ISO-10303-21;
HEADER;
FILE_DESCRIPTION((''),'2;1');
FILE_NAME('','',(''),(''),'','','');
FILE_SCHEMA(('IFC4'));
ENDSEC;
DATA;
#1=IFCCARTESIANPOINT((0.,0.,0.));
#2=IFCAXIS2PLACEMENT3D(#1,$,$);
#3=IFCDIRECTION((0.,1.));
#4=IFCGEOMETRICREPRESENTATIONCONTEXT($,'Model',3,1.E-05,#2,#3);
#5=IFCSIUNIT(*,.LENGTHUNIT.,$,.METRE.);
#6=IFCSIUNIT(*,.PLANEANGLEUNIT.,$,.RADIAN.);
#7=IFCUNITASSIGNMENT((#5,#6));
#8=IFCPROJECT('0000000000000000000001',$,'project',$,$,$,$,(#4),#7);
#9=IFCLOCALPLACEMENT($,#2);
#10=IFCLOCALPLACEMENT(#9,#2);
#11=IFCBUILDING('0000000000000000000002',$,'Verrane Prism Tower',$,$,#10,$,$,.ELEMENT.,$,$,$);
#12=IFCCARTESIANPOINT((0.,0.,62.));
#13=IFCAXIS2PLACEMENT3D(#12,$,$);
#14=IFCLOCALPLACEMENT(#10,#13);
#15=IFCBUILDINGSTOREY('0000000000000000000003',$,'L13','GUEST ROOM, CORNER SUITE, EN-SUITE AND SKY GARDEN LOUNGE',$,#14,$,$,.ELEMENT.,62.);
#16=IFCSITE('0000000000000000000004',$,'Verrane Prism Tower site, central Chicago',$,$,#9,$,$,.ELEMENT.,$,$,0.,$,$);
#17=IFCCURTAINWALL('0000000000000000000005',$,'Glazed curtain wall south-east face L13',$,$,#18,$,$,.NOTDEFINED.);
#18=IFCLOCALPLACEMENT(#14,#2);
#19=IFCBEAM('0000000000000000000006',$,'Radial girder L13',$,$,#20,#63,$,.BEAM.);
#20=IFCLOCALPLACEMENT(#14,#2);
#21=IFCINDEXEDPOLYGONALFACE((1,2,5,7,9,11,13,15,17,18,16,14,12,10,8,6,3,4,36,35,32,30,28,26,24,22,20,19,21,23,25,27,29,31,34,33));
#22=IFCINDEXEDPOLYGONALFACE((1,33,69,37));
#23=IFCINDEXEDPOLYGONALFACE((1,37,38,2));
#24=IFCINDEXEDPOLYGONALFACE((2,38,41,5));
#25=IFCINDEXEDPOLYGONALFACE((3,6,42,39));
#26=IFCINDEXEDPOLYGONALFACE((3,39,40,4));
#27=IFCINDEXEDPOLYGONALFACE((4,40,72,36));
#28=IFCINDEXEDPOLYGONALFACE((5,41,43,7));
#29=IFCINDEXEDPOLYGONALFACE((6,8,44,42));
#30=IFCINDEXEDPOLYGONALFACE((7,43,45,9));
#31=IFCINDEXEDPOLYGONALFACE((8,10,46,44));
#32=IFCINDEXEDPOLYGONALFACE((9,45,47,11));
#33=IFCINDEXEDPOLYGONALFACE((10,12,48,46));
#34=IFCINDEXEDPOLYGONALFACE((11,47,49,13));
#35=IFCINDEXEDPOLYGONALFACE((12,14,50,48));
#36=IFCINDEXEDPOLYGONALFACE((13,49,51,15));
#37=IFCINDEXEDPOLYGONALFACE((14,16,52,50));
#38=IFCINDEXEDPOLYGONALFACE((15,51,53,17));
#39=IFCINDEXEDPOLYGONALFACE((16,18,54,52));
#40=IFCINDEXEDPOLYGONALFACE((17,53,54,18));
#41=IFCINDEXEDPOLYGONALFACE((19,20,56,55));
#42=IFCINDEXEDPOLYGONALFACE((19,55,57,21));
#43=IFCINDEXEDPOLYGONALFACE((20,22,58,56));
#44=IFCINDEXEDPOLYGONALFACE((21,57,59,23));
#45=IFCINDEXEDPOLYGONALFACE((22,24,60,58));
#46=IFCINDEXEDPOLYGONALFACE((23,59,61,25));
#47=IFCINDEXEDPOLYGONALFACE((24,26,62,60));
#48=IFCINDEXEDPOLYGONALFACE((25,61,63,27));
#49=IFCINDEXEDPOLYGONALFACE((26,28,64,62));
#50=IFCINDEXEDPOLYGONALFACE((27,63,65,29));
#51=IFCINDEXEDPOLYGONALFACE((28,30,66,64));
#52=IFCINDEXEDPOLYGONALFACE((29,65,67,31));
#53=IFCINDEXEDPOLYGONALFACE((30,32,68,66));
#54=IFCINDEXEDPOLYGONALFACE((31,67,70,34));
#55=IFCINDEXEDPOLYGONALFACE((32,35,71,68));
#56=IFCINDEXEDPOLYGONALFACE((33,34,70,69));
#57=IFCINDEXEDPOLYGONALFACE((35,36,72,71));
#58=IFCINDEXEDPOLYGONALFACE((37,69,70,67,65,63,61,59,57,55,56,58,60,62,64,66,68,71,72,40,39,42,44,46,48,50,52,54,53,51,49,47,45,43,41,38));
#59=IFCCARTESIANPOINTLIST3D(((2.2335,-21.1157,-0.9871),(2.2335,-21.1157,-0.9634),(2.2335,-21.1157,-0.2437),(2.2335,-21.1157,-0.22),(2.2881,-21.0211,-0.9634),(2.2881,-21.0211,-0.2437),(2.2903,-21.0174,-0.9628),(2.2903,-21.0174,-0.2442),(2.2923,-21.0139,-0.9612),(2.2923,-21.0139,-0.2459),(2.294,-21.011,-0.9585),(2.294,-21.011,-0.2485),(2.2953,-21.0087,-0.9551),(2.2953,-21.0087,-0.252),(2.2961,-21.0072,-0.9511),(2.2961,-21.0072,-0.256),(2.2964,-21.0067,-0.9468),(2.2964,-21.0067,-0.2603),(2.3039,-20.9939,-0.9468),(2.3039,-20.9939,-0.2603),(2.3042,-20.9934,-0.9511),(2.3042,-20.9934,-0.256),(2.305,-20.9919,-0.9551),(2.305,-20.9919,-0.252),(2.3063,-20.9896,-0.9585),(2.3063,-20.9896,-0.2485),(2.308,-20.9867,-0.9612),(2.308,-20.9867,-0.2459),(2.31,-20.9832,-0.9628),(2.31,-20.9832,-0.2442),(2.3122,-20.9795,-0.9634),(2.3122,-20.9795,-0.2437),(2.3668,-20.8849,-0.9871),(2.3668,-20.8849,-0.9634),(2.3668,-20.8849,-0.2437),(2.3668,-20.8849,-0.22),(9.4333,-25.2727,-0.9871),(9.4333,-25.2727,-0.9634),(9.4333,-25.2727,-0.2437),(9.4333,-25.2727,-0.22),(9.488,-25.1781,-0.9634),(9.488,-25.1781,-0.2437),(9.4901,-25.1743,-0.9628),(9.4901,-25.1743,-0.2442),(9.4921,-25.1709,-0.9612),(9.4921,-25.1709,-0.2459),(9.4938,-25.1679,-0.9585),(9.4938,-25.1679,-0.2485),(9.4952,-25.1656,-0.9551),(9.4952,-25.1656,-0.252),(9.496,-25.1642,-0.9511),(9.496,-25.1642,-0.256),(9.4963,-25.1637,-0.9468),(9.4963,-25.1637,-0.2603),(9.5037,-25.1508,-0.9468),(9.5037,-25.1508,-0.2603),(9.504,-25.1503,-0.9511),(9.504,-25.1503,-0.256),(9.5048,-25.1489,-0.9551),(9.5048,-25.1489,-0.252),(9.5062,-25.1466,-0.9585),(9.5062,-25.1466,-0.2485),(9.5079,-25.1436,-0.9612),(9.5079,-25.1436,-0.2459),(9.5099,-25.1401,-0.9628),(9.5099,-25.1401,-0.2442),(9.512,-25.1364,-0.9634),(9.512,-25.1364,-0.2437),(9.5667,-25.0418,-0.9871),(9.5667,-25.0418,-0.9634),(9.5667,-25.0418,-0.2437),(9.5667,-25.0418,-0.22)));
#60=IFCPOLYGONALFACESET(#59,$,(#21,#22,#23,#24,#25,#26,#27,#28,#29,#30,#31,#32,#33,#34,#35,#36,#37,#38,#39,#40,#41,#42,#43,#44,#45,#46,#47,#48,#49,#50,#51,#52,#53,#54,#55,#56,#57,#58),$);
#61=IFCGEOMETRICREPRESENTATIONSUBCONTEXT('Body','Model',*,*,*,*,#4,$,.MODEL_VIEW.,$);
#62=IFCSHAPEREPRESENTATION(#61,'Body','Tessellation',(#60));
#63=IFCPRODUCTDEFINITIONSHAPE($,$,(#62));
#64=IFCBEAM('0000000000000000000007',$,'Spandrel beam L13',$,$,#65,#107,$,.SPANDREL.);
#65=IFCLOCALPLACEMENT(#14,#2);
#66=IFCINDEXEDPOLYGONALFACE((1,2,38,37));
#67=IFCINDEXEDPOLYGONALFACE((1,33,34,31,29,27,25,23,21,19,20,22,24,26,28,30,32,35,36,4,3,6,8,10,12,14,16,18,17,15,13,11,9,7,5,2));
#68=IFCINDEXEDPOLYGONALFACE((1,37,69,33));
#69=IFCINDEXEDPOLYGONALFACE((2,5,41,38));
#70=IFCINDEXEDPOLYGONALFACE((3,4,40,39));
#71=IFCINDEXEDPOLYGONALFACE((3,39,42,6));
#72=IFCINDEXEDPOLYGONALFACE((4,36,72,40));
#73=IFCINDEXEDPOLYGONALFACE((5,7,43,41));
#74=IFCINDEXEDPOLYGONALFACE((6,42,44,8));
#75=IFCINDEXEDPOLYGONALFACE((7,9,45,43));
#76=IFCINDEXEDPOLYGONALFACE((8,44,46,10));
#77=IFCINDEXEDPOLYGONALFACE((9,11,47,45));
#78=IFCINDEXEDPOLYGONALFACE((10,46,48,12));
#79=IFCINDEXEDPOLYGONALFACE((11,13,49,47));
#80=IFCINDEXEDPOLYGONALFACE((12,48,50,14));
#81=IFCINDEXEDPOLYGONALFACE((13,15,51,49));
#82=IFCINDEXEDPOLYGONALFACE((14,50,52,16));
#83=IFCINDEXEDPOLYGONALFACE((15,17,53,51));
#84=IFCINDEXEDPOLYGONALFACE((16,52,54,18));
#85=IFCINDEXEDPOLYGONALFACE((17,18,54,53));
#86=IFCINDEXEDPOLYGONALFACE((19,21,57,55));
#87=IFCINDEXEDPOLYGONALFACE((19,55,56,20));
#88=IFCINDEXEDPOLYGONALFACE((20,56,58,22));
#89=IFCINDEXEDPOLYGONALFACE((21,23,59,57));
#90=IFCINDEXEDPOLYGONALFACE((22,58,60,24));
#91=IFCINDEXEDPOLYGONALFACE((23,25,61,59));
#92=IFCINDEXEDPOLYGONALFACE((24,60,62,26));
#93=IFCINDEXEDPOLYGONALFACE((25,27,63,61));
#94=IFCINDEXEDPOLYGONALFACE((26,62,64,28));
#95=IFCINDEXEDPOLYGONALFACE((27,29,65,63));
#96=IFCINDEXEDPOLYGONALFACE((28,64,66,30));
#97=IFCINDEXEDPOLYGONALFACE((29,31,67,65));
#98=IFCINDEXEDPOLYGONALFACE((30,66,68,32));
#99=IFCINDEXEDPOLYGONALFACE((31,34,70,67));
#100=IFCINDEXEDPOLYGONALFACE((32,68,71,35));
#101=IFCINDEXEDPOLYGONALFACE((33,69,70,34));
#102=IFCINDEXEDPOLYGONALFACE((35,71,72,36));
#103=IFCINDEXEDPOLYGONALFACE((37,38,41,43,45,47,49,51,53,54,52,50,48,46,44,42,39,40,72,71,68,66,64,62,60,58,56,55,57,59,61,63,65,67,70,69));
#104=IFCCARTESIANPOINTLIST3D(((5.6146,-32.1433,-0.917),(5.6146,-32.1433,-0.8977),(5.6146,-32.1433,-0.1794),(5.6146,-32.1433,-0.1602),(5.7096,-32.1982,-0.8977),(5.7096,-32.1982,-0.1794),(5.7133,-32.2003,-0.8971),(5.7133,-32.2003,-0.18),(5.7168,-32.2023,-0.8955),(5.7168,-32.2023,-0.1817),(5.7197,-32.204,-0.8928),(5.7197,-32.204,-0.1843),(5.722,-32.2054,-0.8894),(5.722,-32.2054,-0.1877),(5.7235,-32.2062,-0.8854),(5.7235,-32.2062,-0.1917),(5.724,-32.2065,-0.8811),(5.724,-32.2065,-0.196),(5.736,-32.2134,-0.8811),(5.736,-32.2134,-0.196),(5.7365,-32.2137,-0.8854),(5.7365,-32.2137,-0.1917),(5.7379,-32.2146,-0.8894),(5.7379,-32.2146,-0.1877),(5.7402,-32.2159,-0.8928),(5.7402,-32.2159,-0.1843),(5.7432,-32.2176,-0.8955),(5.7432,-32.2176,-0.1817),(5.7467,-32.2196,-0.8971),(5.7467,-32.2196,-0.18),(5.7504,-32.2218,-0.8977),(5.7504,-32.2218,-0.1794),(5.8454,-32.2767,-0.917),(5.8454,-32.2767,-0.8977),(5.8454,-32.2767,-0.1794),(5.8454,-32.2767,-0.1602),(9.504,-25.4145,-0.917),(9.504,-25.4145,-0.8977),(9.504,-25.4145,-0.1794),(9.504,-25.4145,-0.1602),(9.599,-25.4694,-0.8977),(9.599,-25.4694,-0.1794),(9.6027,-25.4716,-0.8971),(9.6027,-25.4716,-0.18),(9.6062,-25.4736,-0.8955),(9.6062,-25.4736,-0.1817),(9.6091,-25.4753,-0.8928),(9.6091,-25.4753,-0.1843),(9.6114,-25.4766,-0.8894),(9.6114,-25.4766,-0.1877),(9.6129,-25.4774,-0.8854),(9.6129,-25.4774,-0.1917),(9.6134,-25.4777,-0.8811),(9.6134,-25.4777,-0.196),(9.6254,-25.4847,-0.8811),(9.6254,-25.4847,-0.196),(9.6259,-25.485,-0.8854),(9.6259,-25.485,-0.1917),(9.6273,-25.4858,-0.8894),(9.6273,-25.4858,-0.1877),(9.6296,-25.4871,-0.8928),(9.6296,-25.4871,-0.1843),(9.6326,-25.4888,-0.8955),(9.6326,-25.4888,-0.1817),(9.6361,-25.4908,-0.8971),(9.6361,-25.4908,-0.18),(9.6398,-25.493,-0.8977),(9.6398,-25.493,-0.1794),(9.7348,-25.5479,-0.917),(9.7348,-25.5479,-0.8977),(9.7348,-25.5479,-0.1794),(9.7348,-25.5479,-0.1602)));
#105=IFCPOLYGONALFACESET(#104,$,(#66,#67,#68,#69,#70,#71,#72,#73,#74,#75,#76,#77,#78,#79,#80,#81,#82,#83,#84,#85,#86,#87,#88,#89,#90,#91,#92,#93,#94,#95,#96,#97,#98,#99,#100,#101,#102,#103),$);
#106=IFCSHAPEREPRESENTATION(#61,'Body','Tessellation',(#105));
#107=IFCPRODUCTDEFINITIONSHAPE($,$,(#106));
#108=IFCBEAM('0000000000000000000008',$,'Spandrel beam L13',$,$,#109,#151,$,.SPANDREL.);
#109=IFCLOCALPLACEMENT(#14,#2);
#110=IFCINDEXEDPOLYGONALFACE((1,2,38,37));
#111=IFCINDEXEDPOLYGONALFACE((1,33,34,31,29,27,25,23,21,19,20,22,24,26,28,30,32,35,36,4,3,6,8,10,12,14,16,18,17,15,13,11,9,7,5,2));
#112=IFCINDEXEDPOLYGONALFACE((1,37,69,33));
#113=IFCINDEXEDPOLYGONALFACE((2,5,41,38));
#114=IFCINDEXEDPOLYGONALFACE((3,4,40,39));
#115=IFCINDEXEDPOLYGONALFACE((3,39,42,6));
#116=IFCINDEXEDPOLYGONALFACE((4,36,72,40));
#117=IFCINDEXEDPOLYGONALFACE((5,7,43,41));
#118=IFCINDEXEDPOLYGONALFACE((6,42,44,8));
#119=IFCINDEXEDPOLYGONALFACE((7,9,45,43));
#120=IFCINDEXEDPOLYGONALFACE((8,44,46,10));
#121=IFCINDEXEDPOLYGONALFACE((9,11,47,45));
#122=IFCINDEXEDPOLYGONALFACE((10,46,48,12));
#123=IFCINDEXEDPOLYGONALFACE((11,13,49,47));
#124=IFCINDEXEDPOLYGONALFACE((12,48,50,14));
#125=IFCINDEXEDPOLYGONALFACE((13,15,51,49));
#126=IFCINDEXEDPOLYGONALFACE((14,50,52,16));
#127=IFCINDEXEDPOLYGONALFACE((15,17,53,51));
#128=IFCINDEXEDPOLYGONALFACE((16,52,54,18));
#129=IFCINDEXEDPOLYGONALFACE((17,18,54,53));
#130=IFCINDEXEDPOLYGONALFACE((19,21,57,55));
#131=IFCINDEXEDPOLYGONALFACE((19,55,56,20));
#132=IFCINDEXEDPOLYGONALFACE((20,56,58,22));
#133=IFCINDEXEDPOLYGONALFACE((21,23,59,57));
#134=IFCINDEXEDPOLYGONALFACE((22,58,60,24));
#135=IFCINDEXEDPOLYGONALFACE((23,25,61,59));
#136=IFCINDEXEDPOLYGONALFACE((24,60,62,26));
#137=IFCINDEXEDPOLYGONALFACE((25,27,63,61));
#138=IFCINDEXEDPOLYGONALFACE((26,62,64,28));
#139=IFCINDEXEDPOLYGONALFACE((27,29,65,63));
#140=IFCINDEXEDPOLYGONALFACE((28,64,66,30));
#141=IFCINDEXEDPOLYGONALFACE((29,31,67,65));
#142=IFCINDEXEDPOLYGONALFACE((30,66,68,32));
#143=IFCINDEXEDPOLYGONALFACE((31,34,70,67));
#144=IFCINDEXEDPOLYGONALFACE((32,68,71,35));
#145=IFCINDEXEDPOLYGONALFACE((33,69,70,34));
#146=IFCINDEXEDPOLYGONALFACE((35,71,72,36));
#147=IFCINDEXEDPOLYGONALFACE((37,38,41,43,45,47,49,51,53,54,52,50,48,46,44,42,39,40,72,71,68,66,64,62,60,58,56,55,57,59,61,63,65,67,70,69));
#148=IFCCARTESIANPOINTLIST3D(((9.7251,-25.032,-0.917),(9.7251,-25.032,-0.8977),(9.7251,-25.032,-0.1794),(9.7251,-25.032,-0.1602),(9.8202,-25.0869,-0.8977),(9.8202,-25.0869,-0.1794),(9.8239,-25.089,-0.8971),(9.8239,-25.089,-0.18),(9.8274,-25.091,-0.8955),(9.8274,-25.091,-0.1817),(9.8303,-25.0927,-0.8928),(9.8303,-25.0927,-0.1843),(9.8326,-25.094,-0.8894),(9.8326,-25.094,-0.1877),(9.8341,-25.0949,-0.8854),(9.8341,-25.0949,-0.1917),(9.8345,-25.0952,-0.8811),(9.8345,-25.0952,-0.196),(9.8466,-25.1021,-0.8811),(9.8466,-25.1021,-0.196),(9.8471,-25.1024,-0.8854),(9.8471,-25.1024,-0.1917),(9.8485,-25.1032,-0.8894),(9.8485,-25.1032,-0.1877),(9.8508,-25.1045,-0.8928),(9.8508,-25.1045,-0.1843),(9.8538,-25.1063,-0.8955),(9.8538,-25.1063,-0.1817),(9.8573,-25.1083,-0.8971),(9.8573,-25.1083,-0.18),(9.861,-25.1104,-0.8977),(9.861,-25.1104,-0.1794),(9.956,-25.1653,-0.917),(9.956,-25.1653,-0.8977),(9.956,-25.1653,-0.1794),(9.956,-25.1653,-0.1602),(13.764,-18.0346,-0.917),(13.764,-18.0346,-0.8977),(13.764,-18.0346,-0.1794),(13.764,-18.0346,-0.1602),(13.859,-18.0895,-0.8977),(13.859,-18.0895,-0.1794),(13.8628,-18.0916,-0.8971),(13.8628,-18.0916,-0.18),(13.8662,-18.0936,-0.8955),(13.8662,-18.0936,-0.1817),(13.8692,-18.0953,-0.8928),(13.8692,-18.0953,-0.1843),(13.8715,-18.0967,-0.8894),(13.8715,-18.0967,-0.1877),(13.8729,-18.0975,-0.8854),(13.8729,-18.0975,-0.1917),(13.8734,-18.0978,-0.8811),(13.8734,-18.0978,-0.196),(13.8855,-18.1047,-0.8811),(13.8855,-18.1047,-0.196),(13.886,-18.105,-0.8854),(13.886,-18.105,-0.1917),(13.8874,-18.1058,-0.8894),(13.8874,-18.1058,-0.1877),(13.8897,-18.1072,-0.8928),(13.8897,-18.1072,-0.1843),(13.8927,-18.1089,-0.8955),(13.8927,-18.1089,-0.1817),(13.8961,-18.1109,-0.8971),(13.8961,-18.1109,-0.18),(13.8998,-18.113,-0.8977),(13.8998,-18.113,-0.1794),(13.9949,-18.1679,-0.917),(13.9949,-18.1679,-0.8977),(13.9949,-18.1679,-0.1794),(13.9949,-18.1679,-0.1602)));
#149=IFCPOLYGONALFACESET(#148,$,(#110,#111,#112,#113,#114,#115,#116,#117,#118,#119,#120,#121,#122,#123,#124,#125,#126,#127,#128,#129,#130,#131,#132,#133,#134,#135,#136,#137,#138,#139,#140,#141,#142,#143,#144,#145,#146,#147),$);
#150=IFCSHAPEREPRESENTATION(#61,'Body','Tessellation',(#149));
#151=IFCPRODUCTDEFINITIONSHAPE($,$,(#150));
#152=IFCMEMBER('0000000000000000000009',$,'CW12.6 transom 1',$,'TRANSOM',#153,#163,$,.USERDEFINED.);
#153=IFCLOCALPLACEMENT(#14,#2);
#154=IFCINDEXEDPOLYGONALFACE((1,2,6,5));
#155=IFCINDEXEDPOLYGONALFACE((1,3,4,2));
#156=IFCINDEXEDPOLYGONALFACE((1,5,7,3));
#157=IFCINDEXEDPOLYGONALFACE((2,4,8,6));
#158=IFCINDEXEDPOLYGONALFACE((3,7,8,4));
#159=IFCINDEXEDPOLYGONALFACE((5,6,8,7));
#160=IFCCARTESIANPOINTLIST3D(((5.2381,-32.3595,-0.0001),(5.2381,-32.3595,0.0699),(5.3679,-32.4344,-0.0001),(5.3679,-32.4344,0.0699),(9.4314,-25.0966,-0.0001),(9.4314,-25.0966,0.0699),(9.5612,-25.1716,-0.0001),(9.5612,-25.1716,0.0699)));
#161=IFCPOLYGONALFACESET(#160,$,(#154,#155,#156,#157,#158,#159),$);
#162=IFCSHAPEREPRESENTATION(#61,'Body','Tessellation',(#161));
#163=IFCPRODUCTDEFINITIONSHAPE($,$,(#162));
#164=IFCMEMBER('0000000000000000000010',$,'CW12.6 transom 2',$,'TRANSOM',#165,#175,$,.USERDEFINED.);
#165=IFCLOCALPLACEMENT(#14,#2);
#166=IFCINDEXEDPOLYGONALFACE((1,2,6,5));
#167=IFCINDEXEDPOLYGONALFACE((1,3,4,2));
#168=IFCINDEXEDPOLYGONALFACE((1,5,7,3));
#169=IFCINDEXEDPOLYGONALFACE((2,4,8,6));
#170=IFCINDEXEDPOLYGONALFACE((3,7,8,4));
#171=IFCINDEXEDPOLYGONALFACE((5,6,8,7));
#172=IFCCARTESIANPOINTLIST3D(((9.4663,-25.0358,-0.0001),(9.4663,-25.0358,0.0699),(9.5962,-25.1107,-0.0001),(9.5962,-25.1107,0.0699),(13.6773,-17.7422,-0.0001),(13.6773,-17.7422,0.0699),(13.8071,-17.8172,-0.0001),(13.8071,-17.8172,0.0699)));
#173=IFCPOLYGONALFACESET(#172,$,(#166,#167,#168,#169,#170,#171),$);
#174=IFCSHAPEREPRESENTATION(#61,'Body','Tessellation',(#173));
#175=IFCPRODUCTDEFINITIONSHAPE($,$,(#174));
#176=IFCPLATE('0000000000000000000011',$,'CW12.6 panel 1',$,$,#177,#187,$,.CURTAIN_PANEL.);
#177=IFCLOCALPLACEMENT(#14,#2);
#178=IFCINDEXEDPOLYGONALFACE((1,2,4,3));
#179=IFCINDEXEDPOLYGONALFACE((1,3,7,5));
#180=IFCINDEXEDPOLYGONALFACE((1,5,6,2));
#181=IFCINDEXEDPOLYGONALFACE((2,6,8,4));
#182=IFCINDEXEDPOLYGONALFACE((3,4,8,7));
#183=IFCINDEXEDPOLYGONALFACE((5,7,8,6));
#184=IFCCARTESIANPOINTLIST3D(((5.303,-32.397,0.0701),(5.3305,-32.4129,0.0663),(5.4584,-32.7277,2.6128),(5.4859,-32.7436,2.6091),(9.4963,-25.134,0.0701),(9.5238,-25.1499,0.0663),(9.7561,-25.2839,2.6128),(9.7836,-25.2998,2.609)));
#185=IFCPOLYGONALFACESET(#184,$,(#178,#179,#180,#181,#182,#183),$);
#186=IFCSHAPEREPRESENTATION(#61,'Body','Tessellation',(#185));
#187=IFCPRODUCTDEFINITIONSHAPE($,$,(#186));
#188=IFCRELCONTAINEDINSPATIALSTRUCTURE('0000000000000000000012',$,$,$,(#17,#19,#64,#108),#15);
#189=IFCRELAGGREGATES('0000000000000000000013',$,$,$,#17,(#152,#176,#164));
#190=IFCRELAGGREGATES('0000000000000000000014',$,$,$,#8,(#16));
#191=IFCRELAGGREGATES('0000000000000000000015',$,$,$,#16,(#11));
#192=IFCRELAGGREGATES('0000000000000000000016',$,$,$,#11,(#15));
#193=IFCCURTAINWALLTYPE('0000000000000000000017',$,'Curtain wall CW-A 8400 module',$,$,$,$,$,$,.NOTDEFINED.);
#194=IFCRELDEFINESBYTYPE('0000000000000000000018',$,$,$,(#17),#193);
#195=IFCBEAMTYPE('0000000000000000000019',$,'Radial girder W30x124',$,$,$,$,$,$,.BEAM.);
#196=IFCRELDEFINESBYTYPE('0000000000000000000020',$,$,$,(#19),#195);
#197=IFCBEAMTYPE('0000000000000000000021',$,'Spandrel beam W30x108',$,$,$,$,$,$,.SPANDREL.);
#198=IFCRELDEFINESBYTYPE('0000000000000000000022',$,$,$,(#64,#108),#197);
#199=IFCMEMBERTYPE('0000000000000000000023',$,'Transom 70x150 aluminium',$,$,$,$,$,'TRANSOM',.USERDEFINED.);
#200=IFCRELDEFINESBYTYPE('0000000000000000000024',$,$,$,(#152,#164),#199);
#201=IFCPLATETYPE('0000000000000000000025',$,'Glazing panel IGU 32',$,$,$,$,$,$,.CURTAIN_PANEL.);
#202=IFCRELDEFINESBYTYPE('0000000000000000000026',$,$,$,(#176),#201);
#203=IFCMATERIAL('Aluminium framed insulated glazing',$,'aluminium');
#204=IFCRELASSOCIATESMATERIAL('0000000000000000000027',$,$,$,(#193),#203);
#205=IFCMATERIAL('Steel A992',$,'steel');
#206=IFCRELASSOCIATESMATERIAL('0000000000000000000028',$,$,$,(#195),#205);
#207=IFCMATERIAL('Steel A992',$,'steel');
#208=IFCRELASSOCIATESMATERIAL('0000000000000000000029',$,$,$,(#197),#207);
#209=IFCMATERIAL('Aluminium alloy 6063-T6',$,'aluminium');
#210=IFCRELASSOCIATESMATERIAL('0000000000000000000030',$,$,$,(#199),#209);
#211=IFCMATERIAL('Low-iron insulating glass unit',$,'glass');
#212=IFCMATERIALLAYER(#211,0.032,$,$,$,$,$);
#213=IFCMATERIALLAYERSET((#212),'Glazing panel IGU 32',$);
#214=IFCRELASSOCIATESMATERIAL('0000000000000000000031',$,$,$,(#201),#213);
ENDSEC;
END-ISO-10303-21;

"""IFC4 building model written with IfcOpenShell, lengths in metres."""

from ifc_helpers import new_model, si_unit, direction, frame, origin, origin_2d, place, context, subcontext, project, spatial, polyline, rectangle, i_section, outline, extrude, material, layer, layer_set, material_profile, profile_set, type_object, element, aggregate, save


model = new_model("IFC4")

# Units and contexts
model_context = context("Model", 3, precision=1e-05, world=origin(), true_north=direction((0.0, 1.0)))
body_context = subcontext(model_context, "Body", "Model", "MODEL_VIEW")
ifc_project = project(units=[si_unit("LENGTHUNIT", "METRE"), si_unit("PLANEANGLEUNIT", "RADIAN")], contexts=[model_context])

# Site, building, storey
site_placement = place(None, origin())
site = spatial("IfcSite", under=ifc_project, at=site_placement, Name="Verrane Prism Tower site, central Chicago", CompositionType="ELEMENT", RefElevation=0.0)
building_placement = place(site_placement, origin())
building = spatial("IfcBuilding", under=site, at=building_placement, Name="Verrane Prism Tower", CompositionType="ELEMENT")
storey_placement = place(building_placement, frame((0.0, 0.0, 62.0)))
storey = spatial("IfcBuildingStorey", under=building, at=storey_placement, Name="L13", Description="GUEST ROOM, CORNER SUITE, EN-SUITE AND SKY GARDEN LOUNGE", CompositionType="ELEMENT", Elevation=62.0)

# Curtain wall
ifc_material_1 = material(Name="Aluminium framed insulated glazing", Category="aluminium")
curtain_wall_type = type_object("IfcCurtainWallType", Name="Curtain wall CW-A 8400 module", PredefinedType="NOTDEFINED", material=ifc_material_1)
curtain_wall_placement = place(storey_placement, origin())
curtain_wall = element("IfcCurtainWall", 1, at=curtain_wall_placement, inside=storey, type_object=curtain_wall_type, Name="Glazed curtain wall south-east face L13", PredefinedType="NOTDEFINED")

# Beams
ifc_material_2 = material(Name="Steel A992", Category="steel")
ifc_material_profile_1 = material_profile(ifc_material_2, i_section(OverallWidth=0.2666, OverallDepth=0.7671, WebThickness=0.0149, FlangeThickness=0.0237, FilletRadius=0.0166, at=origin_2d()), Name="W30x124")
ifc_profile_set_1 = profile_set([ifc_material_profile_1], Name="Steel A992")
beam_type_1 = type_object("IfcBeamType", Name="Radial girder W30x124", PredefinedType="BEAM", material=ifc_profile_set_1)
beam_1_placement = place(storey_placement, frame((9.5, -25.1572, -0.6035), z_axis=(-0.866021, 0.500008, 0.0), x_axis=(-0.500008, -0.866021, 0.0)))
element("IfcBeam", 2, at=beam_1_placement, inside=storey, type_object=beam_type_1, Name="Radial girder L13", PredefinedType="BEAM", context=body_context, shape_type="SweptSolid", body=[
    extrude(i_section(OverallWidth=0.2666, OverallDepth=0.7671, WebThickness=0.0149, FlangeThickness=0.0237, FilletRadius=0.0166, at=origin_2d()), origin(), (0.0, 0.0, 1.0), 8.3137),
])
ifc_material_3 = material(Name="Steel A992", Category="steel")
ifc_material_profile_2 = material_profile(ifc_material_3, i_section(OverallWidth=0.2666, OverallDepth=0.7568, WebThickness=0.0139, FlangeThickness=0.0193, FilletRadius=0.0166, at=origin_2d()), Name="W30x108")
ifc_profile_set_2 = profile_set([ifc_material_profile_2], Name="Steel A992")
beam_type_2 = type_object("IfcBeamType", Name="Spandrel beam W30x108", PredefinedType="SPANDREL", material=ifc_profile_set_2)
beam_2_placement = place(storey_placement, frame((5.73, -32.21, -0.5386), z_axis=(0.500439, 0.865772, 0.0), x_axis=(-0.865772, 0.500439, 0.0)))
element("IfcBeam", 3, at=beam_2_placement, inside=storey, type_object=beam_type_2, Name="Spandrel beam L13", PredefinedType="SPANDREL", context=body_context, shape_type="SweptSolid", body=[
    extrude(i_section(OverallWidth=0.2666, OverallDepth=0.7568, WebThickness=0.0139, FlangeThickness=0.0193, FilletRadius=0.0166, at=origin_2d()), origin(), (0.0, 0.0, 1.0), 7.772),
])
beam_3_placement = place(storey_placement, frame((9.8406, -25.0986, -0.5386), z_axis=(0.499899, 0.866083, 0.0), x_axis=(-0.866083, 0.499899, 0.0)))
element("IfcBeam", 4, at=beam_3_placement, inside=storey, type_object=beam_type_2, Name="Spandrel beam L13", PredefinedType="SPANDREL", context=body_context, shape_type="SweptSolid", body=[
    extrude(i_section(OverallWidth=0.2666, OverallDepth=0.7568, WebThickness=0.0139, FlangeThickness=0.0193, FilletRadius=0.0166, at=origin_2d()), origin(), (0.0, 0.0, 1.0), 8.0793),
])

# Members
ifc_material_4 = material(Name="Aluminium alloy 6063-T6", Category="aluminium")
ifc_material_profile_3 = material_profile(ifc_material_4, rectangle(XDim=0.1499, YDim=0.0701, at=origin_2d()), Name="Transom 70x150 aluminium")
ifc_profile_set_3 = profile_set([ifc_material_profile_3], Name="Aluminium alloy 6063-T6")
member_type_1 = type_object("IfcMemberType", Name="Transom 70x150 aluminium", ElementType="TRANSOM", PredefinedType="USERDEFINED", material=ifc_profile_set_3)
member_1_placement = place(storey_placement, frame((5.303, -32.397, 0.0349), z_axis=(0.500009, 0.86602, 0.0), x_axis=(-0.86602, 0.500009, 0.0)))
member_1 = element("IfcMember", 5, at=member_1_placement, type_object=member_type_1, Name="CW12.6 transom 1", ObjectType="TRANSOM", PredefinedType="USERDEFINED", context=body_context, shape_type="SweptSolid", body=[
    extrude(rectangle(XDim=0.1499, YDim=0.0701, at=origin_2d()), origin(), (0.0, 0.0, 1.0), 8.3865),
])
member_2_placement = place(storey_placement, frame((9.5312, -25.0732, 0.0349), z_axis=(0.500005, 0.866022, 0.0), x_axis=(-0.866022, 0.500005, 0.0)))
member_2 = element("IfcMember", 6, at=member_2_placement, type_object=member_type_1, Name="CW12.6 transom 2", ObjectType="TRANSOM", PredefinedType="USERDEFINED", context=body_context, shape_type="SweptSolid", body=[
    extrude(rectangle(XDim=0.1499, YDim=0.0701, at=origin_2d()), origin(), (0.0, 0.0, 1.0), 8.4219),
])

# Plate
ifc_material_5 = material(Name="Low-iron insulating glass unit", Category="glass")
ifc_layer_1 = layer(ifc_material_5, 0.032)
ifc_layer_set_1 = layer_set([ifc_layer_1], Name="Glazing panel IGU 32")
plate_type = type_object("IfcPlateType", Name="Glazing panel IGU 32", PredefinedType="CURTAIN_PANEL", material=ifc_layer_set_1)
plate_1_placement = place(storey_placement, frame((5.303, -32.397, 0.0701), z_axis=(-0.86006, 0.496556, 0.117171), x_axis=(0.5, 0.866025, 0.000001)))
plate_1 = element("IfcPlate", 7, at=plate_1_placement, type_object=plate_type, Name="CW12.6 panel 1", PredefinedType="CURTAIN_PANEL", context=body_context, shape_type="SweptSolid", body=[
    extrude(outline(polyline([(0.0, 0.0), (8.3866, 0.0), (8.3866, -2.5604), (-0.2087, -2.5604), (0.0, 0.0)])), origin(), (0.0, 0.0, -1.0), 0.032),
])
aggregate(curtain_wall, [member_1, plate_1, member_2])

save(model, "model.ifc")
